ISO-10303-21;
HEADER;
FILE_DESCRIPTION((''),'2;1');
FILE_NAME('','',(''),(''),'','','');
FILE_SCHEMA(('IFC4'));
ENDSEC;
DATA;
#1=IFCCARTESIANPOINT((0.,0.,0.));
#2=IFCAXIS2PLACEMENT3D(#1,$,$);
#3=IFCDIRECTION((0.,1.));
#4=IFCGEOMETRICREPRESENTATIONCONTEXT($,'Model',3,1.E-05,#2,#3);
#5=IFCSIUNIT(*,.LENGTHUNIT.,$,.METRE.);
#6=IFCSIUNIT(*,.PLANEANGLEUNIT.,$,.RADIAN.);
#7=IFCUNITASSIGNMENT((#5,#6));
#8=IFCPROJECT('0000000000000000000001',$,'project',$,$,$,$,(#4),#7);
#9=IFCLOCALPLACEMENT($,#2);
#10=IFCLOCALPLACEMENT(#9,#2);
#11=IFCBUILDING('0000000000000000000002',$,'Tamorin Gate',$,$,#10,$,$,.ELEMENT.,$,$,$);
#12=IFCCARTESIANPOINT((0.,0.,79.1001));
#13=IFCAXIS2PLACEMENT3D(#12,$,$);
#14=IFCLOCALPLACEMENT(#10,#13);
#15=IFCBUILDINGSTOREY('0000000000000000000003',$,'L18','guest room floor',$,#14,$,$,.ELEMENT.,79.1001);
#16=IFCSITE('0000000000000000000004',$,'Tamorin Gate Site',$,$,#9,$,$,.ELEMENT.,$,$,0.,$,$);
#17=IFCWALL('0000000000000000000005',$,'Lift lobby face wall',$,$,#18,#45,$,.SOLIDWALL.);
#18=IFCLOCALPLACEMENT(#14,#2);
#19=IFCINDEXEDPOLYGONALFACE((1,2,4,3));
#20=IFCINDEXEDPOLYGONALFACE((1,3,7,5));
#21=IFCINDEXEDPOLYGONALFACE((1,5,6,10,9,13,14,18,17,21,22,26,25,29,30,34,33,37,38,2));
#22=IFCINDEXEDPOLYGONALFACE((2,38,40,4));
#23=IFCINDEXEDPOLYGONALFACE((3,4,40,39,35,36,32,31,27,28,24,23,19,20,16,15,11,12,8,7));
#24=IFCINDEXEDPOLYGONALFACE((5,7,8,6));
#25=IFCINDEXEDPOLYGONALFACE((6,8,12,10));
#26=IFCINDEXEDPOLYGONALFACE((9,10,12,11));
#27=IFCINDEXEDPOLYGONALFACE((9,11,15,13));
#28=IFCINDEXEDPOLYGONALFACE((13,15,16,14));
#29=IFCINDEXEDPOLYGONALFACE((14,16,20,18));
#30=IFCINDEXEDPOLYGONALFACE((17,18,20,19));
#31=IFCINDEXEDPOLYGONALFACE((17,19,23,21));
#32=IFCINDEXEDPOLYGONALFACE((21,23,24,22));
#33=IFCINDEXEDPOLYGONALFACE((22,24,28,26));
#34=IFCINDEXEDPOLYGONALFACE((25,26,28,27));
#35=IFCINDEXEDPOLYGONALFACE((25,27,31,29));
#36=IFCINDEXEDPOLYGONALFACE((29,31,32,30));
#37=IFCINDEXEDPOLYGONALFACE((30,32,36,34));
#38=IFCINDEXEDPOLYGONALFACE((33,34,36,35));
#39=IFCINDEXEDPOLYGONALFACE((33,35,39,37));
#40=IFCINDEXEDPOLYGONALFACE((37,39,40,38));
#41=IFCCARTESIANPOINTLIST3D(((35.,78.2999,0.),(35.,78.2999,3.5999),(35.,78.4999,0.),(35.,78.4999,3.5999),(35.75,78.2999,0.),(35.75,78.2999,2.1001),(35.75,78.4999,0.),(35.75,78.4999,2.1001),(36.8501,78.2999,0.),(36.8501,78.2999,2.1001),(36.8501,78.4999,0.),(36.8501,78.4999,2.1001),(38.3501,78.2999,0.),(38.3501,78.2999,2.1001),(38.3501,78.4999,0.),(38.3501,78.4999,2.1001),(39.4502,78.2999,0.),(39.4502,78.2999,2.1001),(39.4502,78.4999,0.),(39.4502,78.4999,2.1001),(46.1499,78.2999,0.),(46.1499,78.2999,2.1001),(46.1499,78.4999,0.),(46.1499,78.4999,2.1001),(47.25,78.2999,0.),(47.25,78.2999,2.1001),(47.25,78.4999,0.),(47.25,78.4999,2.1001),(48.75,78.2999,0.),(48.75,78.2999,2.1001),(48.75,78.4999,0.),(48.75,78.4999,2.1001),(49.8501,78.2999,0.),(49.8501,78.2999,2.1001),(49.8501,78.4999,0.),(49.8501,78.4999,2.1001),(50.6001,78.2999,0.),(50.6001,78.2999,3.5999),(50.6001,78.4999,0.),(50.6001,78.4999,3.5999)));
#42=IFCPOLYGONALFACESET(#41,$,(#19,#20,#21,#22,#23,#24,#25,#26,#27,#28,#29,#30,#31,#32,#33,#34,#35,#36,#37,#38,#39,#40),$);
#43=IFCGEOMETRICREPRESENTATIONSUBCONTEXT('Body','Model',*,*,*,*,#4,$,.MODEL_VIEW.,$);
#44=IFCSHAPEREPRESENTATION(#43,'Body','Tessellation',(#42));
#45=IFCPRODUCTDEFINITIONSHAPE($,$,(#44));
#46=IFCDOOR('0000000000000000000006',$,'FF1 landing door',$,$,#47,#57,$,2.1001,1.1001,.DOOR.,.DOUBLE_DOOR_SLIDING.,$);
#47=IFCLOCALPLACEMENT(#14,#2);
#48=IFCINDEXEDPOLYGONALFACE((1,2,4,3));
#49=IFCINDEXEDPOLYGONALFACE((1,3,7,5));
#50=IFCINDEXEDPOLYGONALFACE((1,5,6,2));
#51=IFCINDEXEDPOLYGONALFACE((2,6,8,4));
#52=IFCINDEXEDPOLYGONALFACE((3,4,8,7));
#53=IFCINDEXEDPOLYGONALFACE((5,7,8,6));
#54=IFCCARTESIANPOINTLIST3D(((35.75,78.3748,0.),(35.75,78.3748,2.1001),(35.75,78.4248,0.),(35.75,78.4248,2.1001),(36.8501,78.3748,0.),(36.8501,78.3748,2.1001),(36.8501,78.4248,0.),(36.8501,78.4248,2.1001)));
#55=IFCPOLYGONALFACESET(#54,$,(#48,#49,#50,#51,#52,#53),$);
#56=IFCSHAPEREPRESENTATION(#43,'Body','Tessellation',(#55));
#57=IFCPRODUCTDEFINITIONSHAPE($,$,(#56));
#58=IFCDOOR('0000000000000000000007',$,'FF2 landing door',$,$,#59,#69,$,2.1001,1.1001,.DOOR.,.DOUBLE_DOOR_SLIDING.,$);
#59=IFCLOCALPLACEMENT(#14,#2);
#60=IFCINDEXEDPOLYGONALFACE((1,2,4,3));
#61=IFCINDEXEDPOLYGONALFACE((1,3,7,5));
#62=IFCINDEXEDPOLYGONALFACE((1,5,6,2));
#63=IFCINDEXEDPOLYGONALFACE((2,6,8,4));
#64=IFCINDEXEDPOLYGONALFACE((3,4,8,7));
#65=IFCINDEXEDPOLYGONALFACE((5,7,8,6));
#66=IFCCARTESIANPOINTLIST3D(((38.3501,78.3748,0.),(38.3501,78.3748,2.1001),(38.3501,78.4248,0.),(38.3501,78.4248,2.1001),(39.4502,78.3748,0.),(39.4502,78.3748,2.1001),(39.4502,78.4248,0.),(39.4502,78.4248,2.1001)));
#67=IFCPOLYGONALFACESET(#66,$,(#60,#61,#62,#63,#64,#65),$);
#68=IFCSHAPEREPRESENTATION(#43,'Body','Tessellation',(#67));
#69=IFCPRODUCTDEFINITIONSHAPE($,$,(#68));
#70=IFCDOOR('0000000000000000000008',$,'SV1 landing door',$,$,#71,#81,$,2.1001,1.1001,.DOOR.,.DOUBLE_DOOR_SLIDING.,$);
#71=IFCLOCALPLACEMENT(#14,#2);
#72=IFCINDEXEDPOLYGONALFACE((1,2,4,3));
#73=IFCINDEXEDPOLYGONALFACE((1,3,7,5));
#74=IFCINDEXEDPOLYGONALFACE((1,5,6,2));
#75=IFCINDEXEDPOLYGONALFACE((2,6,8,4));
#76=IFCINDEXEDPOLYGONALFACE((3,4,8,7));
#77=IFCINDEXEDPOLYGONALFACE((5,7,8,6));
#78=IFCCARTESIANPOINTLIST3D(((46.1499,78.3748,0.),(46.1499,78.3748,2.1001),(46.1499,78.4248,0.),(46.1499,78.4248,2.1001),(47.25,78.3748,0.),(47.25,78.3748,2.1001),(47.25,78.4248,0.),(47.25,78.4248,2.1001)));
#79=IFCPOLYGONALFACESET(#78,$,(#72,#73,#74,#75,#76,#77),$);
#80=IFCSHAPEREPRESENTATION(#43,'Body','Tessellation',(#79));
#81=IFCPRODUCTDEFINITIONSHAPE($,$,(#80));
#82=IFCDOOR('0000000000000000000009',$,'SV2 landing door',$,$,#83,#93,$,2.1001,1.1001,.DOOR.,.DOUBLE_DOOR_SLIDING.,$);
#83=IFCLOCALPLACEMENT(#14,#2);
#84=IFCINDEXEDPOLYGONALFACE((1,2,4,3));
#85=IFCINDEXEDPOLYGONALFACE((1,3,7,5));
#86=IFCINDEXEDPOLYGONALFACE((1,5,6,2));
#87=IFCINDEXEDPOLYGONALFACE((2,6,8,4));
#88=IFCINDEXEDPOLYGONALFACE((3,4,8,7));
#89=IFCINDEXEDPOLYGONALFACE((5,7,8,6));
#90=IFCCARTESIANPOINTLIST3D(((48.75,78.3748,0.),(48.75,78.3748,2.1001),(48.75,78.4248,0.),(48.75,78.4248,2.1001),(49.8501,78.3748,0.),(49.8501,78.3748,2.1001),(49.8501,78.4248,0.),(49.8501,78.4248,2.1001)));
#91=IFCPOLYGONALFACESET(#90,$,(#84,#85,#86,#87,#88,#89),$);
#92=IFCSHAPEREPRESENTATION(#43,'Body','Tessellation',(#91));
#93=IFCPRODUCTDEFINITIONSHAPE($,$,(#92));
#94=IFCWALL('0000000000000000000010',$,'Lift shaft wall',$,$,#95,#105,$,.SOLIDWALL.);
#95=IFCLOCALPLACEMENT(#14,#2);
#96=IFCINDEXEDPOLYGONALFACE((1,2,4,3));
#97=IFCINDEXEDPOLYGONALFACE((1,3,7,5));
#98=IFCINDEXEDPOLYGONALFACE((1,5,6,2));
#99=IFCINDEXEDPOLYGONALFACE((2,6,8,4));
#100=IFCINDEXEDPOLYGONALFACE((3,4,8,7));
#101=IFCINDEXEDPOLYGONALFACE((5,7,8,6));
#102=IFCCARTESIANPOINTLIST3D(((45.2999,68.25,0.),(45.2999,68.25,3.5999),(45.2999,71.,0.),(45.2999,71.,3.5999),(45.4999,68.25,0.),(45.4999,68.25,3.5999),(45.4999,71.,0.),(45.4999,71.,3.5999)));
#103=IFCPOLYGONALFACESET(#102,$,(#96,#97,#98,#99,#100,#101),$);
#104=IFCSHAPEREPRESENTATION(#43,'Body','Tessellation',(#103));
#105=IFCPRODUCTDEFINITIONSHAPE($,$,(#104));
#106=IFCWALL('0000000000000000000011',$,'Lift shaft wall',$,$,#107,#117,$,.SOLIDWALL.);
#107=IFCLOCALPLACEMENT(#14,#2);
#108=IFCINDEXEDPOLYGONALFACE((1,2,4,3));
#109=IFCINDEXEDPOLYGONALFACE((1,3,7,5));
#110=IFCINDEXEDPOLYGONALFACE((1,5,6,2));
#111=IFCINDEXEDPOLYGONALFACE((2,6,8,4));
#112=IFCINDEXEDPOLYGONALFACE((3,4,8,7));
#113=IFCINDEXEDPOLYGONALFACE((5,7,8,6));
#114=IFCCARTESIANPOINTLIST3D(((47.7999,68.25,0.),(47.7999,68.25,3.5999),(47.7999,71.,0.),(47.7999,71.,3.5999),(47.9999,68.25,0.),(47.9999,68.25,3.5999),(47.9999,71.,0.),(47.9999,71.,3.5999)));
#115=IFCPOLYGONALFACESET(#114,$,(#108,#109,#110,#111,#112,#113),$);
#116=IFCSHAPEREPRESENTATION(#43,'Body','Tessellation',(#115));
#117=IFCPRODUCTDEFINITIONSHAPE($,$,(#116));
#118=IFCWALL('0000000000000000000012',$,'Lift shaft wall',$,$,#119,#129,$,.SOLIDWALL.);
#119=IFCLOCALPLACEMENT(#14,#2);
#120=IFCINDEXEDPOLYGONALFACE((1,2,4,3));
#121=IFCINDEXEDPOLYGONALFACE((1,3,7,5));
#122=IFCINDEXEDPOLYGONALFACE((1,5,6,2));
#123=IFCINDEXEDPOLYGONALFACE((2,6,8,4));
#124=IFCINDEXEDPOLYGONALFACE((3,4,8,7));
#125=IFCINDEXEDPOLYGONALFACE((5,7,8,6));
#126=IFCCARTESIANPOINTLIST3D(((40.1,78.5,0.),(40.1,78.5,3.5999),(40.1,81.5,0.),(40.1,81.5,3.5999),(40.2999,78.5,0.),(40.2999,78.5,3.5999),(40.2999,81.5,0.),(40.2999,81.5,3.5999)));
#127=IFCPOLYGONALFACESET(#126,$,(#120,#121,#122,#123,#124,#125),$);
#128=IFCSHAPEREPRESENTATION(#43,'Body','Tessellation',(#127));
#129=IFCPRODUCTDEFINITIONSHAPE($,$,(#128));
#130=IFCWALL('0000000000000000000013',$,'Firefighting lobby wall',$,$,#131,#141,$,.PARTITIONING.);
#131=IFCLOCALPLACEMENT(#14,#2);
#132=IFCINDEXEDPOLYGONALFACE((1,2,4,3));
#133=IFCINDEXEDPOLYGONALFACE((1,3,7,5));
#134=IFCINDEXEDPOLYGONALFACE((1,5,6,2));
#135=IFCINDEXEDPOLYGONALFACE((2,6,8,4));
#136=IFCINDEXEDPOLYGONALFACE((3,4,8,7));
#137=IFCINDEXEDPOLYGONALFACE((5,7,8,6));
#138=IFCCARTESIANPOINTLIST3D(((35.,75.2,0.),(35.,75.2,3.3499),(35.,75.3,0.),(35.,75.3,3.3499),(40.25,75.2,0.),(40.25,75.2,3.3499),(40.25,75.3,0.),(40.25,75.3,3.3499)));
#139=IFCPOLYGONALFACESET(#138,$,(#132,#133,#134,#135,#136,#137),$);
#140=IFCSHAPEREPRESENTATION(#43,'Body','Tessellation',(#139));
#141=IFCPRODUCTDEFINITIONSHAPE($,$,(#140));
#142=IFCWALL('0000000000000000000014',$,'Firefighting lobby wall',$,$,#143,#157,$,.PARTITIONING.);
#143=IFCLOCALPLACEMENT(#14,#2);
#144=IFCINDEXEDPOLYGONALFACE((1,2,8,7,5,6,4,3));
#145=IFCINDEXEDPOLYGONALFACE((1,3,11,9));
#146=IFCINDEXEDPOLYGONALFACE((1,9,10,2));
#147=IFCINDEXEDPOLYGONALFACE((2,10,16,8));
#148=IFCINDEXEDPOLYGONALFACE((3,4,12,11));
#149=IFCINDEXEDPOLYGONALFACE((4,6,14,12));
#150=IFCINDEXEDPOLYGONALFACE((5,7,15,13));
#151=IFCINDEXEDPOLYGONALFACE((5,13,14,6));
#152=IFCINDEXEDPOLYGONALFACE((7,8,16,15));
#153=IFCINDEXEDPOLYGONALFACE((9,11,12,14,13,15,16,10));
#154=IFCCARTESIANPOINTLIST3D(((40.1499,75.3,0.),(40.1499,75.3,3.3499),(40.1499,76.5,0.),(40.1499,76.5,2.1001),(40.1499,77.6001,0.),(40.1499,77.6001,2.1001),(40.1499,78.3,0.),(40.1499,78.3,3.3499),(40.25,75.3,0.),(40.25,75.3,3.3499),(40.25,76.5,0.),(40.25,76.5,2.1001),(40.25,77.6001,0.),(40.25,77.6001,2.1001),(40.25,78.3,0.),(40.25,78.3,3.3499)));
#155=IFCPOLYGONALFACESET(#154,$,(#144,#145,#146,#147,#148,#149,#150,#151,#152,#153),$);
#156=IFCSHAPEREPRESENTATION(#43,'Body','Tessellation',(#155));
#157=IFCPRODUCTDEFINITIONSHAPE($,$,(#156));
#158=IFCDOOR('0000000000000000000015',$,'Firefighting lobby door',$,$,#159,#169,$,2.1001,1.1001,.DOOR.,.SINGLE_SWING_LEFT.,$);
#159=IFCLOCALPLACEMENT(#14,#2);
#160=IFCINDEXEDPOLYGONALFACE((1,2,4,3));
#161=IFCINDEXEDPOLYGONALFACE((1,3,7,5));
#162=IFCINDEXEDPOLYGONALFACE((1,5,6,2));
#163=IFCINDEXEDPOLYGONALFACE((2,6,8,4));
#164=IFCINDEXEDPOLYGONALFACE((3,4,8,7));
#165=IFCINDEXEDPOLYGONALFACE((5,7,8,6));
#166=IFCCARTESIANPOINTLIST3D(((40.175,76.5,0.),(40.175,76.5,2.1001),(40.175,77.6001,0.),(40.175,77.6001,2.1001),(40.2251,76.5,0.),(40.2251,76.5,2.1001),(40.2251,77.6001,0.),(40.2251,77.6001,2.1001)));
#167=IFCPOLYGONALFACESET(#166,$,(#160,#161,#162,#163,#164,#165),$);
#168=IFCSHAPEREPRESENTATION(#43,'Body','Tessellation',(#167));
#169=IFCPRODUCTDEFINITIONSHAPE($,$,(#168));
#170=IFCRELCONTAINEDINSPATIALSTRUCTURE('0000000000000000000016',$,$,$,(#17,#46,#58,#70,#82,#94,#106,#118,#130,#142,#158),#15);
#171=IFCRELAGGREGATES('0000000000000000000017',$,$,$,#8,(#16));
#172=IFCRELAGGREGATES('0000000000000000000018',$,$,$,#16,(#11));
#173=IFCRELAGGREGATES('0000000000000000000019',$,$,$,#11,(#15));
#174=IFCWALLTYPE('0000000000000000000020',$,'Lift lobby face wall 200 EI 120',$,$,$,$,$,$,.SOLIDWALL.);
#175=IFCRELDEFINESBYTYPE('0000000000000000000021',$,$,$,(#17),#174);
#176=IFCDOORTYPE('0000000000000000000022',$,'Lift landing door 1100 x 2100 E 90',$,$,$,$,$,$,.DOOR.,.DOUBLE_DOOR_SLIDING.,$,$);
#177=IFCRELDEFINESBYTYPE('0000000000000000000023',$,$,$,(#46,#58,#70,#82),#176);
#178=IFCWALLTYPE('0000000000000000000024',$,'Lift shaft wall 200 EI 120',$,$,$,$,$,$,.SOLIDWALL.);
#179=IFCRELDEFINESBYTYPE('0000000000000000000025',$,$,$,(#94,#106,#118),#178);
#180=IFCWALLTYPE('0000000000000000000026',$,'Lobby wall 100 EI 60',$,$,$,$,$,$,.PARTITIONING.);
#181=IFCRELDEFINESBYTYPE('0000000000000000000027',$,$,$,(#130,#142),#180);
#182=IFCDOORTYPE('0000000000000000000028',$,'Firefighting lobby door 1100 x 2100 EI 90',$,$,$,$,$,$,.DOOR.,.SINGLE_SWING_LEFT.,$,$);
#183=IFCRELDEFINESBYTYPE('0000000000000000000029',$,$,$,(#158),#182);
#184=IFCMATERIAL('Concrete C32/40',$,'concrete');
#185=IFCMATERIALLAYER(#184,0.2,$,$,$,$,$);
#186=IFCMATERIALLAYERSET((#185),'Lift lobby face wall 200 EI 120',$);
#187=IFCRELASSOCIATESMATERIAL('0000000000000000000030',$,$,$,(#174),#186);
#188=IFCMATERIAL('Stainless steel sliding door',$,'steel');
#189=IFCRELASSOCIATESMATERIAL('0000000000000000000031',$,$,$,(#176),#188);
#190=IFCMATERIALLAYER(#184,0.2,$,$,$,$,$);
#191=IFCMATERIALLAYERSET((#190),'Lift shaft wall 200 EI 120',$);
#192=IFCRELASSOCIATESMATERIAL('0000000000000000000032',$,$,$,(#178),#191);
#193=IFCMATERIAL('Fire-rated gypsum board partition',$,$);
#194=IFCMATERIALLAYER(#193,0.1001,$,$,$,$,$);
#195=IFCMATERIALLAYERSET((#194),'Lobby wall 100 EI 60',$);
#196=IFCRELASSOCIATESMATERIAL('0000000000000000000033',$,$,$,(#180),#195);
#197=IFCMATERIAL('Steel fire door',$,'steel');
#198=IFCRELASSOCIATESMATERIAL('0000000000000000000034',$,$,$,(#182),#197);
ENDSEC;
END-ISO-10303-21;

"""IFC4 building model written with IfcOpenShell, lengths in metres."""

from ifc_helpers import new_model, si_unit, direction, frame, frame_2d, origin, place, context, subcontext, project, spatial, rectangle, extrude, material, layer, layer_set, type_object, element, fill, save


model = new_model("IFC4")

# Units and contexts
model_context = context("Model", 3, precision=1e-05, world=origin(), true_north=direction((0.0, 1.0)))
body_context = subcontext(model_context, "Body", "Model", "MODEL_VIEW")
ifc_project = project(units=[si_unit("LENGTHUNIT", "METRE"), si_unit("PLANEANGLEUNIT", "RADIAN")], contexts=[model_context])

# Site, building, storey
site_placement = place(None, origin())
site = spatial("IfcSite", under=ifc_project, at=site_placement, Name="Tamorin Gate Site", CompositionType="ELEMENT", RefElevation=0.0)
building_placement = place(site_placement, origin())
building = spatial("IfcBuilding", under=site, at=building_placement, Name="Tamorin Gate", CompositionType="ELEMENT")
storey_placement = place(building_placement, frame((0.0, 0.0, 79.1001)))
storey = spatial("IfcBuildingStorey", under=building, at=storey_placement, Name="L18", Description="guest room floor", CompositionType="ELEMENT", Elevation=79.1001)

# Wall, openings, doors
ifc_material_1 = material(Name="Concrete C32/40", Category="concrete")
ifc_layer_1 = layer(ifc_material_1, 0.2)
ifc_layer_set_1 = layer_set([ifc_layer_1], Name="Lift lobby face wall 200 EI 120")
wall_type_1 = type_object("IfcWallType", Name="Lift lobby face wall 200 EI 120", PredefinedType="SOLIDWALL", material=ifc_layer_set_1)
wall_1_placement = place(storey_placement, frame((35.0, 78.3999, 0.0), z_axis=(0.0, 0.0, 1.0), x_axis=(1.0, 0.0, 0.0)))
wall_1 = element("IfcWall", 1, at=wall_1_placement, inside=storey, type_object=wall_type_1, Name="Lift lobby face wall", PredefinedType="SOLIDWALL", context=body_context, shape_type="SweptSolid", body=[
    extrude(rectangle(XDim=15.6001, YDim=0.2, at=frame_2d((7.8, 0.0))), origin(), (0.0, 0.0, 1.0), 3.5999),
])
opening_1_placement = place(wall_1_placement, frame((0.75, 0.0, 0.0)))
opening_1 = element("IfcOpeningElement", 2, at=opening_1_placement, cuts=wall_1, PredefinedType="OPENING", context=body_context, shape_type="SweptSolid", body=[
    extrude(rectangle(XDim=1.1001, YDim=2.1001, at=frame_2d((0.55, 1.05))), frame((0.0, 0.1099, 0.0), z_axis=(0.0, -1.0, 0.0), x_axis=(1.0, 0.0, 0.0)), (0.0, 0.0, 1.0), 0.22),
])
opening_2_placement = place(wall_1_placement, frame((3.3501, 0.0, 0.0)))
opening_2 = element("IfcOpeningElement", 3, at=opening_2_placement, cuts=wall_1, PredefinedType="OPENING", context=body_context, shape_type="SweptSolid", body=[
    extrude(rectangle(XDim=1.1001, YDim=2.1001, at=frame_2d((0.55, 1.05))), frame((0.0, 0.1099, 0.0), z_axis=(0.0, -1.0, 0.0), x_axis=(1.0, 0.0, 0.0)), (0.0, 0.0, 1.0), 0.22),
])
opening_3_placement = place(wall_1_placement, frame((11.1499, 0.0, 0.0)))
opening_3 = element("IfcOpeningElement", 4, at=opening_3_placement, cuts=wall_1, PredefinedType="OPENING", context=body_context, shape_type="SweptSolid", body=[
    extrude(rectangle(XDim=1.1001, YDim=2.1001, at=frame_2d((0.55, 1.05))), frame((0.0, 0.1099, 0.0), z_axis=(0.0, -1.0, 0.0), x_axis=(1.0, 0.0, 0.0)), (0.0, 0.0, 1.0), 0.22),
])
opening_4_placement = place(wall_1_placement, frame((13.75, 0.0, 0.0)))
opening_4 = element("IfcOpeningElement", 5, at=opening_4_placement, cuts=wall_1, PredefinedType="OPENING", context=body_context, shape_type="SweptSolid", body=[
    extrude(rectangle(XDim=1.1001, YDim=2.1001, at=frame_2d((0.55, 1.05))), frame((0.0, 0.1099, 0.0), z_axis=(0.0, -1.0, 0.0), x_axis=(1.0, 0.0, 0.0)), (0.0, 0.0, 1.0), 0.22),
])
ifc_material_2 = material(Name="Stainless steel sliding door", Category="steel")
door_type_1 = type_object("IfcDoorType", Name="Lift landing door 1100 x 2100 E 90", OperationType="DOUBLE_DOOR_SLIDING", PredefinedType="DOOR", material=ifc_material_2)
door_1_placement = place(opening_1_placement, origin())
door_1 = element("IfcDoor", 6, at=door_1_placement, inside=storey, type_object=door_type_1, Name="FF1 landing door", OperationType="DOUBLE_DOOR_SLIDING", OverallHeight=2.1001, OverallWidth=1.1001, PredefinedType="DOOR", context=body_context, shape_type="SweptSolid", body=[
    extrude(rectangle(XDim=1.1001, YDim=2.1001, at=frame_2d((0.55, 1.05))), frame((0.0, 0.0249, 0.0), z_axis=(0.0, -1.0, 0.0), x_axis=(1.0, 0.0, 0.0)), (0.0, 0.0, 1.0), 0.05),
])
fill(opening_1, door_1)
door_2_placement = place(opening_2_placement, origin())
door_2 = element("IfcDoor", 7, at=door_2_placement, inside=storey, type_object=door_type_1, Name="FF2 landing door", OperationType="DOUBLE_DOOR_SLIDING", OverallHeight=2.1001, OverallWidth=1.1001, PredefinedType="DOOR", context=body_context, shape_type="SweptSolid", body=[
    extrude(rectangle(XDim=1.1001, YDim=2.1001, at=frame_2d((0.55, 1.05))), frame((0.0, 0.0249, 0.0), z_axis=(0.0, -1.0, 0.0), x_axis=(1.0, 0.0, 0.0)), (0.0, 0.0, 1.0), 0.05),
])
fill(opening_2, door_2)
door_3_placement = place(opening_3_placement, origin())
door_3 = element("IfcDoor", 8, at=door_3_placement, inside=storey, type_object=door_type_1, Name="SV1 landing door", OperationType="DOUBLE_DOOR_SLIDING", OverallHeight=2.1001, OverallWidth=1.1001, PredefinedType="DOOR", context=body_context, shape_type="SweptSolid", body=[
    extrude(rectangle(XDim=1.1001, YDim=2.1001, at=frame_2d((0.55, 1.05))), frame((0.0, 0.0249, 0.0), z_axis=(0.0, -1.0, 0.0), x_axis=(1.0, 0.0, 0.0)), (0.0, 0.0, 1.0), 0.05),
])
fill(opening_3, door_3)
door_4_placement = place(opening_4_placement, origin())
door_4 = element("IfcDoor", 9, at=door_4_placement, inside=storey, type_object=door_type_1, Name="SV2 landing door", OperationType="DOUBLE_DOOR_SLIDING", OverallHeight=2.1001, OverallWidth=1.1001, PredefinedType="DOOR", context=body_context, shape_type="SweptSolid", body=[
    extrude(rectangle(XDim=1.1001, YDim=2.1001, at=frame_2d((0.55, 1.05))), frame((0.0, 0.0249, 0.0), z_axis=(0.0, -1.0, 0.0), x_axis=(1.0, 0.0, 0.0)), (0.0, 0.0, 1.0), 0.05),
])
fill(opening_4, door_4)

# Walls
ifc_layer_2 = layer(ifc_material_1, 0.2)
ifc_layer_set_2 = layer_set([ifc_layer_2], Name="Lift shaft wall 200 EI 120")
wall_type_2 = type_object("IfcWallType", Name="Lift shaft wall 200 EI 120", PredefinedType="SOLIDWALL", material=ifc_layer_set_2)
for number, where, z_axis, x_axis, name in (
    (10, (45.3999, 68.25, 0.0), (0.0, 0.0, 1.0), (0.0, 1.0, 0.0), "Lift shaft wall"),
    (11, (47.8999, 68.25, 0.0), (0.0, 0.0, 1.0), (0.0, 1.0, 0.0), "Lift shaft wall"),
):
    element("IfcWall", number, at=place(storey_placement, frame(where, z_axis=z_axis, x_axis=x_axis)), inside=storey, type_object=wall_type_2, Name=name, PredefinedType="SOLIDWALL", context=body_context, shape_type="SweptSolid", body=[
        extrude(rectangle(XDim=2.75, YDim=0.2, at=frame_2d((1.375, 0.0))), origin(), (0.0, 0.0, 1.0), 3.5999),
    ])
wall_2_placement = place(storey_placement, frame((40.2, 78.5, 0.0), z_axis=(0.0, 0.0, 1.0), x_axis=(0.0, 1.0, 0.0)))
element("IfcWall", 12, at=wall_2_placement, inside=storey, type_object=wall_type_2, Name="Lift shaft wall", PredefinedType="SOLIDWALL", context=body_context, shape_type="SweptSolid", body=[
    extrude(rectangle(XDim=3.0, YDim=0.2, at=frame_2d((1.5, 0.0))), origin(), (0.0, 0.0, 1.0), 3.5999),
])
ifc_material_3 = material(Name="Fire-rated gypsum board partition")
ifc_layer_3 = layer(ifc_material_3, 0.1001)
ifc_layer_set_3 = layer_set([ifc_layer_3], Name="Lobby wall 100 EI 60")
wall_type_3 = type_object("IfcWallType", Name="Lobby wall 100 EI 60", PredefinedType="PARTITIONING", material=ifc_layer_set_3)
wall_3_placement = place(storey_placement, frame((35.0, 75.25, 0.0), z_axis=(0.0, 0.0, 1.0), x_axis=(1.0, 0.0, 0.0)))
element("IfcWall", 13, at=wall_3_placement, inside=storey, type_object=wall_type_3, Name="Firefighting lobby wall", PredefinedType="PARTITIONING", context=body_context, shape_type="SweptSolid", body=[
    extrude(rectangle(XDim=5.25, YDim=0.1001, at=frame_2d((2.625, 0.0))), origin(), (0.0, 0.0, 1.0), 3.3499),
])

# Wall, opening, door
wall_4_placement = place(storey_placement, frame((40.2, 75.3, 0.0), z_axis=(0.0, 0.0, 1.0), x_axis=(0.0, 1.0, 0.0)))
wall_4 = element("IfcWall", 14, at=wall_4_placement, inside=storey, type_object=wall_type_3, Name="Firefighting lobby wall", PredefinedType="PARTITIONING", context=body_context, shape_type="SweptSolid", body=[
    extrude(rectangle(XDim=3.0, YDim=0.1001, at=frame_2d((1.5, 0.0))), origin(), (0.0, 0.0, 1.0), 3.3499),
])
opening_5_placement = place(wall_4_placement, frame((1.2, 0.0, 0.0)))
opening_5 = element("IfcOpeningElement", 15, at=opening_5_placement, cuts=wall_4, PredefinedType="OPENING", context=body_context, shape_type="SweptSolid", body=[
    extrude(rectangle(XDim=1.1001, YDim=2.1001, at=frame_2d((0.55, 1.05))), frame((0.0, 0.0601, 0.0), z_axis=(0.0, -1.0, 0.0), x_axis=(1.0, 0.0, 0.0)), (0.0, 0.0, 1.0), 0.1201),
])
ifc_material_4 = material(Name="Steel fire door", Category="steel")
door_type_2 = type_object("IfcDoorType", Name="Firefighting lobby door 1100 x 2100 EI 90", OperationType="SINGLE_SWING_LEFT", PredefinedType="DOOR", material=ifc_material_4)
door_5_placement = place(opening_5_placement, origin())
door_5 = element("IfcDoor", 16, at=door_5_placement, inside=storey, type_object=door_type_2, Name="Firefighting lobby door", OperationType="SINGLE_SWING_LEFT", OverallHeight=2.1001, OverallWidth=1.1001, PredefinedType="DOOR", context=body_context, shape_type="SweptSolid", body=[
    extrude(rectangle(XDim=1.1001, YDim=2.1001, at=frame_2d((0.55, 1.05))), frame((0.0, 0.0249, 0.0), z_axis=(0.0, -1.0, 0.0), x_axis=(1.0, 0.0, 0.0)), (0.0, 0.0, 1.0), 0.05),
])
fill(opening_5, door_5)

save(model, "model.ifc")
